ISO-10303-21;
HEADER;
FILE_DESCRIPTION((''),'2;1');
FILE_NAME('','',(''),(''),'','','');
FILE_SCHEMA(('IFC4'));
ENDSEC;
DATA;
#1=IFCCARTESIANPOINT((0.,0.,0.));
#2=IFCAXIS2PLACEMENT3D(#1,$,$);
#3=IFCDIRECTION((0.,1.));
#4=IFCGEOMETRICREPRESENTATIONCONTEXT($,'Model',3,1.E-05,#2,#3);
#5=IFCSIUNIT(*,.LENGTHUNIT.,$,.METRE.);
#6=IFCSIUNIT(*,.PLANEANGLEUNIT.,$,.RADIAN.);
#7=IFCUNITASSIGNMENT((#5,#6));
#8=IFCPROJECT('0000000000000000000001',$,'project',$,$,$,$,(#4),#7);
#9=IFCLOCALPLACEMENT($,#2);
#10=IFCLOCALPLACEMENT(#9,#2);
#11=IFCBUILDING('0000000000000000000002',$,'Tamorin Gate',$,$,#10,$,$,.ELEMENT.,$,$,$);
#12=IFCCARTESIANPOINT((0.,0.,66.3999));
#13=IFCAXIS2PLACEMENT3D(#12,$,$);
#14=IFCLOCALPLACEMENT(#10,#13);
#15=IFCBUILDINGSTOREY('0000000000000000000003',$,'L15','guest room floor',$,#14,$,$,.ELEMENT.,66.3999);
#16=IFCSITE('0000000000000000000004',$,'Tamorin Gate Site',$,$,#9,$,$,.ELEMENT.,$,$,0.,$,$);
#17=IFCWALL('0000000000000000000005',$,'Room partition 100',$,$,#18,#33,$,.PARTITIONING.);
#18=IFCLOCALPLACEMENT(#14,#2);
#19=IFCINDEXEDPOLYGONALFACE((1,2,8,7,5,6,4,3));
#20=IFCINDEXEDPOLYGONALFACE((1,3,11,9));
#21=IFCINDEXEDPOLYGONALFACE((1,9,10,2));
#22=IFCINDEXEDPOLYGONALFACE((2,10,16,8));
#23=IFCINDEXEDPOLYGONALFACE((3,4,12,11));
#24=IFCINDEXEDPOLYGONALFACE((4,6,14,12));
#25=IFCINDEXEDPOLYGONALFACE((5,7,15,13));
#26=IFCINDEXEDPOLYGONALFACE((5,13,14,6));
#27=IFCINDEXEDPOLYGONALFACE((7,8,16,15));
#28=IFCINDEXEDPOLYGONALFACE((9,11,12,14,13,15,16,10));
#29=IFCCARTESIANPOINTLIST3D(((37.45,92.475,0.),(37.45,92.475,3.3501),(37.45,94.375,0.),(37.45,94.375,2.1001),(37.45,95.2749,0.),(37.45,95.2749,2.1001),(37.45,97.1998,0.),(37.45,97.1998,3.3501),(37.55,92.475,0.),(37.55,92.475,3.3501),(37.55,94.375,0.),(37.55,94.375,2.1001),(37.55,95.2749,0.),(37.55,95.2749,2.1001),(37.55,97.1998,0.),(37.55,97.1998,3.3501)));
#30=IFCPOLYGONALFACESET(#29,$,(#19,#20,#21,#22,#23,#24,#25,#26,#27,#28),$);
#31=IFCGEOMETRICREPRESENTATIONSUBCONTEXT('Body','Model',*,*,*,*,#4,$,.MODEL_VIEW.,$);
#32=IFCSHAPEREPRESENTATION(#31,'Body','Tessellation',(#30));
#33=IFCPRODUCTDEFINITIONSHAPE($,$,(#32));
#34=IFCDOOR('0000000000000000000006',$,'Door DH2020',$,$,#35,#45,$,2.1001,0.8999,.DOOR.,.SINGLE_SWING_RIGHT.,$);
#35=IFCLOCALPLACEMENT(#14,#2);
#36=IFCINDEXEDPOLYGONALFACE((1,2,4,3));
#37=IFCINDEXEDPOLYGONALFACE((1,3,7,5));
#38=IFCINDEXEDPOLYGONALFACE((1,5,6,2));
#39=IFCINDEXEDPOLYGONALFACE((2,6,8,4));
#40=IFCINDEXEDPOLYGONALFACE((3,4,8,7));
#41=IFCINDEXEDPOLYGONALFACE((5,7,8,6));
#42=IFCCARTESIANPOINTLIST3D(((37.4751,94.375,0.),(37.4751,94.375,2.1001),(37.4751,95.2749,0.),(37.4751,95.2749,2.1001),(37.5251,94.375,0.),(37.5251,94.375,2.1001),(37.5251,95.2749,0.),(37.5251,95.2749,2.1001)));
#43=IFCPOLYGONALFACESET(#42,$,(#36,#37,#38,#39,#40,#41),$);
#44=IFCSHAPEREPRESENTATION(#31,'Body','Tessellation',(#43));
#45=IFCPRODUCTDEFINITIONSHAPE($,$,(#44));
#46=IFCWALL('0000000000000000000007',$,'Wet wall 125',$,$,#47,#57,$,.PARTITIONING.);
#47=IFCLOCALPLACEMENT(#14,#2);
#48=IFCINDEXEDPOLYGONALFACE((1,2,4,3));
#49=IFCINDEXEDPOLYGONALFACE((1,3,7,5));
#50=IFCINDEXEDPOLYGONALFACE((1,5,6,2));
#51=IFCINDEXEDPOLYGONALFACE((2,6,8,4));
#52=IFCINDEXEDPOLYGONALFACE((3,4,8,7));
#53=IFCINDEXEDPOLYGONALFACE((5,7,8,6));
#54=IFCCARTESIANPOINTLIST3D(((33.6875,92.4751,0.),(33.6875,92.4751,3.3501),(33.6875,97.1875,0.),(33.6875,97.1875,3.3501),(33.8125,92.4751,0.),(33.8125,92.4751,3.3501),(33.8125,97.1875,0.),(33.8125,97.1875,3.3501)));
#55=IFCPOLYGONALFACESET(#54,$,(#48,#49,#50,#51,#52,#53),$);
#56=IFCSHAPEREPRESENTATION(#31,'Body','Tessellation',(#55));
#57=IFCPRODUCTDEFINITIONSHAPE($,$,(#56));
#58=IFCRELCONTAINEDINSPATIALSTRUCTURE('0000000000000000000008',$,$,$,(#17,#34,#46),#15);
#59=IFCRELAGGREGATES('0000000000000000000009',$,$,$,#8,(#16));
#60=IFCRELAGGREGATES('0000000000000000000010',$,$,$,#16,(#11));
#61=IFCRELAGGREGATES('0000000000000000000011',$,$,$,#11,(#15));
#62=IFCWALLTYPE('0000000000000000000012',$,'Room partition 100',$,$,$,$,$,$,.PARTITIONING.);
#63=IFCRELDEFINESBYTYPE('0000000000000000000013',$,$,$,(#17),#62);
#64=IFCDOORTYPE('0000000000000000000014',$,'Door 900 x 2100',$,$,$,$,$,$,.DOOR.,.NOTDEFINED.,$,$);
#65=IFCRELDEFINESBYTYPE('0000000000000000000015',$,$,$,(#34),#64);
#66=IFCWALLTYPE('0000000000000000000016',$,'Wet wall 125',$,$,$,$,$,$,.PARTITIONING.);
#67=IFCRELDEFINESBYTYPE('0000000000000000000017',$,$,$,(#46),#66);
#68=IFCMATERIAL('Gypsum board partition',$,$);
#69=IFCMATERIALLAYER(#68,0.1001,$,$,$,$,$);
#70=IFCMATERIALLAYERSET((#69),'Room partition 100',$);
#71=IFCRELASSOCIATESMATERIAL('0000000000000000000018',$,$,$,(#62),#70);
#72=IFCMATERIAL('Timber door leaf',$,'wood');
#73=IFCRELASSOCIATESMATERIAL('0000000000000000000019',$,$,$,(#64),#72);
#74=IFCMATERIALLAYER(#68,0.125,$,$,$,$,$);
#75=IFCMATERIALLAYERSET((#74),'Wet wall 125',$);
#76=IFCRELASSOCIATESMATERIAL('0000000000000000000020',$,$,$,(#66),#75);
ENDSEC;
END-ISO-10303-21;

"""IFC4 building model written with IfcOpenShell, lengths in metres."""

from ifc_helpers import new_model, si_unit, direction, frame, frame_2d, origin, place, context, subcontext, project, spatial, rectangle, extrude, material, layer, layer_set, type_object, element, fill, save


model = new_model("IFC4")

# Units and contexts
model_context = context("Model", 3, precision=1e-05, world=origin(), true_north=direction((0.0, 1.0)))
body_context = subcontext(model_context, "Body", "Model", "MODEL_VIEW")
ifc_project = project(units=[si_unit("LENGTHUNIT", "METRE"), si_unit("PLANEANGLEUNIT", "RADIAN")], contexts=[model_context])

# Site, building, storey
site_placement = place(None, origin())
site = spatial("IfcSite", under=ifc_project, at=site_placement, Name="Tamorin Gate Site", CompositionType="ELEMENT", RefElevation=0.0)
building_placement = place(site_placement, origin())
building = spatial("IfcBuilding", under=site, at=building_placement, Name="Tamorin Gate", CompositionType="ELEMENT")
storey_placement = place(building_placement, frame((0.0, 0.0, 66.3999)))
storey = spatial("IfcBuildingStorey", under=building, at=storey_placement, Name="L15", Description="guest room floor", CompositionType="ELEMENT", Elevation=66.3999)

# Shared definitions
ifc_material_1 = material(Name="Gypsum board partition")
ifc_material_2 = material(Name="Timber door leaf", Category="wood")

# Wall, opening, door
ifc_layer_1 = layer(ifc_material_1, 0.1001)
ifc_layer_set_1 = layer_set([ifc_layer_1], Name="Room partition 100")
wall_type_1 = type_object("IfcWallType", Name="Room partition 100", PredefinedType="PARTITIONING", material=ifc_layer_set_1)
wall_1_placement = place(storey_placement, frame((37.5, 92.4751, 0.0), z_axis=(0.0, 0.0, 1.0), x_axis=(0.0, 1.0, 0.0)))
wall_1 = element("IfcWall", 1, at=wall_1_placement, inside=storey, type_object=wall_type_1, Name="Room partition 100", PredefinedType="PARTITIONING", context=body_context, shape_type="SweptSolid", body=[
    extrude(rectangle(XDim=4.7249, YDim=0.1001, at=frame_2d((2.3623, 0.0))), origin(), (0.0, 0.0, 1.0), 3.3501),
])
opening_1_placement = place(wall_1_placement, frame((1.8999, 0.0, 0.0)))
opening_1 = element("IfcOpeningElement", 2, at=opening_1_placement, cuts=wall_1, PredefinedType="OPENING", context=body_context, shape_type="SweptSolid", body=[
    extrude(rectangle(XDim=0.8999, YDim=2.1001, at=frame_2d((0.45, 1.05))), frame((0.0, 0.0601, 0.0), z_axis=(0.0, -1.0, 0.0), x_axis=(1.0, 0.0, 0.0)), (0.0, 0.0, 1.0), 0.1201),
])
door_type_1 = type_object("IfcDoorType", Name="Door 900 x 2100", OperationType="NOTDEFINED", PredefinedType="DOOR", material=ifc_material_2)
door_1_placement = place(opening_1_placement, origin())
door_1 = element("IfcDoor", 3, at=door_1_placement, inside=storey, type_object=door_type_1, Name="Door DH2020", OperationType="SINGLE_SWING_RIGHT", OverallHeight=2.1001, OverallWidth=0.8999, PredefinedType="DOOR", context=body_context, shape_type="SweptSolid", body=[
    extrude(rectangle(XDim=0.8999, YDim=2.1001, at=frame_2d((0.45, 1.05))), frame((0.0, 0.0249, 0.0), z_axis=(0.0, -1.0, 0.0), x_axis=(1.0, 0.0, 0.0)), (0.0, 0.0, 1.0), 0.05),
])
fill(opening_1, door_1)

# Wall
ifc_layer_2 = layer(ifc_material_1, 0.125)
ifc_layer_set_2 = layer_set([ifc_layer_2], Name="Wet wall 125")
wall_type_2 = type_object("IfcWallType", Name="Wet wall 125", PredefinedType="PARTITIONING", material=ifc_layer_set_2)
wall_2_placement = place(storey_placement, frame((33.75, 92.4751, 0.0), z_axis=(0.0, 0.0, 1.0), x_axis=(0.0, 1.0, 0.0)))
element("IfcWall", 4, at=wall_2_placement, inside=storey, type_object=wall_type_2, Name="Wet wall 125", PredefinedType="PARTITIONING", context=body_context, shape_type="SweptSolid", body=[
    extrude(rectangle(XDim=4.7124, YDim=0.125, at=frame_2d((2.3562, 0.0))), origin(), (0.0, 0.0, 1.0), 3.3501),
])

save(model, "model.ifc")
